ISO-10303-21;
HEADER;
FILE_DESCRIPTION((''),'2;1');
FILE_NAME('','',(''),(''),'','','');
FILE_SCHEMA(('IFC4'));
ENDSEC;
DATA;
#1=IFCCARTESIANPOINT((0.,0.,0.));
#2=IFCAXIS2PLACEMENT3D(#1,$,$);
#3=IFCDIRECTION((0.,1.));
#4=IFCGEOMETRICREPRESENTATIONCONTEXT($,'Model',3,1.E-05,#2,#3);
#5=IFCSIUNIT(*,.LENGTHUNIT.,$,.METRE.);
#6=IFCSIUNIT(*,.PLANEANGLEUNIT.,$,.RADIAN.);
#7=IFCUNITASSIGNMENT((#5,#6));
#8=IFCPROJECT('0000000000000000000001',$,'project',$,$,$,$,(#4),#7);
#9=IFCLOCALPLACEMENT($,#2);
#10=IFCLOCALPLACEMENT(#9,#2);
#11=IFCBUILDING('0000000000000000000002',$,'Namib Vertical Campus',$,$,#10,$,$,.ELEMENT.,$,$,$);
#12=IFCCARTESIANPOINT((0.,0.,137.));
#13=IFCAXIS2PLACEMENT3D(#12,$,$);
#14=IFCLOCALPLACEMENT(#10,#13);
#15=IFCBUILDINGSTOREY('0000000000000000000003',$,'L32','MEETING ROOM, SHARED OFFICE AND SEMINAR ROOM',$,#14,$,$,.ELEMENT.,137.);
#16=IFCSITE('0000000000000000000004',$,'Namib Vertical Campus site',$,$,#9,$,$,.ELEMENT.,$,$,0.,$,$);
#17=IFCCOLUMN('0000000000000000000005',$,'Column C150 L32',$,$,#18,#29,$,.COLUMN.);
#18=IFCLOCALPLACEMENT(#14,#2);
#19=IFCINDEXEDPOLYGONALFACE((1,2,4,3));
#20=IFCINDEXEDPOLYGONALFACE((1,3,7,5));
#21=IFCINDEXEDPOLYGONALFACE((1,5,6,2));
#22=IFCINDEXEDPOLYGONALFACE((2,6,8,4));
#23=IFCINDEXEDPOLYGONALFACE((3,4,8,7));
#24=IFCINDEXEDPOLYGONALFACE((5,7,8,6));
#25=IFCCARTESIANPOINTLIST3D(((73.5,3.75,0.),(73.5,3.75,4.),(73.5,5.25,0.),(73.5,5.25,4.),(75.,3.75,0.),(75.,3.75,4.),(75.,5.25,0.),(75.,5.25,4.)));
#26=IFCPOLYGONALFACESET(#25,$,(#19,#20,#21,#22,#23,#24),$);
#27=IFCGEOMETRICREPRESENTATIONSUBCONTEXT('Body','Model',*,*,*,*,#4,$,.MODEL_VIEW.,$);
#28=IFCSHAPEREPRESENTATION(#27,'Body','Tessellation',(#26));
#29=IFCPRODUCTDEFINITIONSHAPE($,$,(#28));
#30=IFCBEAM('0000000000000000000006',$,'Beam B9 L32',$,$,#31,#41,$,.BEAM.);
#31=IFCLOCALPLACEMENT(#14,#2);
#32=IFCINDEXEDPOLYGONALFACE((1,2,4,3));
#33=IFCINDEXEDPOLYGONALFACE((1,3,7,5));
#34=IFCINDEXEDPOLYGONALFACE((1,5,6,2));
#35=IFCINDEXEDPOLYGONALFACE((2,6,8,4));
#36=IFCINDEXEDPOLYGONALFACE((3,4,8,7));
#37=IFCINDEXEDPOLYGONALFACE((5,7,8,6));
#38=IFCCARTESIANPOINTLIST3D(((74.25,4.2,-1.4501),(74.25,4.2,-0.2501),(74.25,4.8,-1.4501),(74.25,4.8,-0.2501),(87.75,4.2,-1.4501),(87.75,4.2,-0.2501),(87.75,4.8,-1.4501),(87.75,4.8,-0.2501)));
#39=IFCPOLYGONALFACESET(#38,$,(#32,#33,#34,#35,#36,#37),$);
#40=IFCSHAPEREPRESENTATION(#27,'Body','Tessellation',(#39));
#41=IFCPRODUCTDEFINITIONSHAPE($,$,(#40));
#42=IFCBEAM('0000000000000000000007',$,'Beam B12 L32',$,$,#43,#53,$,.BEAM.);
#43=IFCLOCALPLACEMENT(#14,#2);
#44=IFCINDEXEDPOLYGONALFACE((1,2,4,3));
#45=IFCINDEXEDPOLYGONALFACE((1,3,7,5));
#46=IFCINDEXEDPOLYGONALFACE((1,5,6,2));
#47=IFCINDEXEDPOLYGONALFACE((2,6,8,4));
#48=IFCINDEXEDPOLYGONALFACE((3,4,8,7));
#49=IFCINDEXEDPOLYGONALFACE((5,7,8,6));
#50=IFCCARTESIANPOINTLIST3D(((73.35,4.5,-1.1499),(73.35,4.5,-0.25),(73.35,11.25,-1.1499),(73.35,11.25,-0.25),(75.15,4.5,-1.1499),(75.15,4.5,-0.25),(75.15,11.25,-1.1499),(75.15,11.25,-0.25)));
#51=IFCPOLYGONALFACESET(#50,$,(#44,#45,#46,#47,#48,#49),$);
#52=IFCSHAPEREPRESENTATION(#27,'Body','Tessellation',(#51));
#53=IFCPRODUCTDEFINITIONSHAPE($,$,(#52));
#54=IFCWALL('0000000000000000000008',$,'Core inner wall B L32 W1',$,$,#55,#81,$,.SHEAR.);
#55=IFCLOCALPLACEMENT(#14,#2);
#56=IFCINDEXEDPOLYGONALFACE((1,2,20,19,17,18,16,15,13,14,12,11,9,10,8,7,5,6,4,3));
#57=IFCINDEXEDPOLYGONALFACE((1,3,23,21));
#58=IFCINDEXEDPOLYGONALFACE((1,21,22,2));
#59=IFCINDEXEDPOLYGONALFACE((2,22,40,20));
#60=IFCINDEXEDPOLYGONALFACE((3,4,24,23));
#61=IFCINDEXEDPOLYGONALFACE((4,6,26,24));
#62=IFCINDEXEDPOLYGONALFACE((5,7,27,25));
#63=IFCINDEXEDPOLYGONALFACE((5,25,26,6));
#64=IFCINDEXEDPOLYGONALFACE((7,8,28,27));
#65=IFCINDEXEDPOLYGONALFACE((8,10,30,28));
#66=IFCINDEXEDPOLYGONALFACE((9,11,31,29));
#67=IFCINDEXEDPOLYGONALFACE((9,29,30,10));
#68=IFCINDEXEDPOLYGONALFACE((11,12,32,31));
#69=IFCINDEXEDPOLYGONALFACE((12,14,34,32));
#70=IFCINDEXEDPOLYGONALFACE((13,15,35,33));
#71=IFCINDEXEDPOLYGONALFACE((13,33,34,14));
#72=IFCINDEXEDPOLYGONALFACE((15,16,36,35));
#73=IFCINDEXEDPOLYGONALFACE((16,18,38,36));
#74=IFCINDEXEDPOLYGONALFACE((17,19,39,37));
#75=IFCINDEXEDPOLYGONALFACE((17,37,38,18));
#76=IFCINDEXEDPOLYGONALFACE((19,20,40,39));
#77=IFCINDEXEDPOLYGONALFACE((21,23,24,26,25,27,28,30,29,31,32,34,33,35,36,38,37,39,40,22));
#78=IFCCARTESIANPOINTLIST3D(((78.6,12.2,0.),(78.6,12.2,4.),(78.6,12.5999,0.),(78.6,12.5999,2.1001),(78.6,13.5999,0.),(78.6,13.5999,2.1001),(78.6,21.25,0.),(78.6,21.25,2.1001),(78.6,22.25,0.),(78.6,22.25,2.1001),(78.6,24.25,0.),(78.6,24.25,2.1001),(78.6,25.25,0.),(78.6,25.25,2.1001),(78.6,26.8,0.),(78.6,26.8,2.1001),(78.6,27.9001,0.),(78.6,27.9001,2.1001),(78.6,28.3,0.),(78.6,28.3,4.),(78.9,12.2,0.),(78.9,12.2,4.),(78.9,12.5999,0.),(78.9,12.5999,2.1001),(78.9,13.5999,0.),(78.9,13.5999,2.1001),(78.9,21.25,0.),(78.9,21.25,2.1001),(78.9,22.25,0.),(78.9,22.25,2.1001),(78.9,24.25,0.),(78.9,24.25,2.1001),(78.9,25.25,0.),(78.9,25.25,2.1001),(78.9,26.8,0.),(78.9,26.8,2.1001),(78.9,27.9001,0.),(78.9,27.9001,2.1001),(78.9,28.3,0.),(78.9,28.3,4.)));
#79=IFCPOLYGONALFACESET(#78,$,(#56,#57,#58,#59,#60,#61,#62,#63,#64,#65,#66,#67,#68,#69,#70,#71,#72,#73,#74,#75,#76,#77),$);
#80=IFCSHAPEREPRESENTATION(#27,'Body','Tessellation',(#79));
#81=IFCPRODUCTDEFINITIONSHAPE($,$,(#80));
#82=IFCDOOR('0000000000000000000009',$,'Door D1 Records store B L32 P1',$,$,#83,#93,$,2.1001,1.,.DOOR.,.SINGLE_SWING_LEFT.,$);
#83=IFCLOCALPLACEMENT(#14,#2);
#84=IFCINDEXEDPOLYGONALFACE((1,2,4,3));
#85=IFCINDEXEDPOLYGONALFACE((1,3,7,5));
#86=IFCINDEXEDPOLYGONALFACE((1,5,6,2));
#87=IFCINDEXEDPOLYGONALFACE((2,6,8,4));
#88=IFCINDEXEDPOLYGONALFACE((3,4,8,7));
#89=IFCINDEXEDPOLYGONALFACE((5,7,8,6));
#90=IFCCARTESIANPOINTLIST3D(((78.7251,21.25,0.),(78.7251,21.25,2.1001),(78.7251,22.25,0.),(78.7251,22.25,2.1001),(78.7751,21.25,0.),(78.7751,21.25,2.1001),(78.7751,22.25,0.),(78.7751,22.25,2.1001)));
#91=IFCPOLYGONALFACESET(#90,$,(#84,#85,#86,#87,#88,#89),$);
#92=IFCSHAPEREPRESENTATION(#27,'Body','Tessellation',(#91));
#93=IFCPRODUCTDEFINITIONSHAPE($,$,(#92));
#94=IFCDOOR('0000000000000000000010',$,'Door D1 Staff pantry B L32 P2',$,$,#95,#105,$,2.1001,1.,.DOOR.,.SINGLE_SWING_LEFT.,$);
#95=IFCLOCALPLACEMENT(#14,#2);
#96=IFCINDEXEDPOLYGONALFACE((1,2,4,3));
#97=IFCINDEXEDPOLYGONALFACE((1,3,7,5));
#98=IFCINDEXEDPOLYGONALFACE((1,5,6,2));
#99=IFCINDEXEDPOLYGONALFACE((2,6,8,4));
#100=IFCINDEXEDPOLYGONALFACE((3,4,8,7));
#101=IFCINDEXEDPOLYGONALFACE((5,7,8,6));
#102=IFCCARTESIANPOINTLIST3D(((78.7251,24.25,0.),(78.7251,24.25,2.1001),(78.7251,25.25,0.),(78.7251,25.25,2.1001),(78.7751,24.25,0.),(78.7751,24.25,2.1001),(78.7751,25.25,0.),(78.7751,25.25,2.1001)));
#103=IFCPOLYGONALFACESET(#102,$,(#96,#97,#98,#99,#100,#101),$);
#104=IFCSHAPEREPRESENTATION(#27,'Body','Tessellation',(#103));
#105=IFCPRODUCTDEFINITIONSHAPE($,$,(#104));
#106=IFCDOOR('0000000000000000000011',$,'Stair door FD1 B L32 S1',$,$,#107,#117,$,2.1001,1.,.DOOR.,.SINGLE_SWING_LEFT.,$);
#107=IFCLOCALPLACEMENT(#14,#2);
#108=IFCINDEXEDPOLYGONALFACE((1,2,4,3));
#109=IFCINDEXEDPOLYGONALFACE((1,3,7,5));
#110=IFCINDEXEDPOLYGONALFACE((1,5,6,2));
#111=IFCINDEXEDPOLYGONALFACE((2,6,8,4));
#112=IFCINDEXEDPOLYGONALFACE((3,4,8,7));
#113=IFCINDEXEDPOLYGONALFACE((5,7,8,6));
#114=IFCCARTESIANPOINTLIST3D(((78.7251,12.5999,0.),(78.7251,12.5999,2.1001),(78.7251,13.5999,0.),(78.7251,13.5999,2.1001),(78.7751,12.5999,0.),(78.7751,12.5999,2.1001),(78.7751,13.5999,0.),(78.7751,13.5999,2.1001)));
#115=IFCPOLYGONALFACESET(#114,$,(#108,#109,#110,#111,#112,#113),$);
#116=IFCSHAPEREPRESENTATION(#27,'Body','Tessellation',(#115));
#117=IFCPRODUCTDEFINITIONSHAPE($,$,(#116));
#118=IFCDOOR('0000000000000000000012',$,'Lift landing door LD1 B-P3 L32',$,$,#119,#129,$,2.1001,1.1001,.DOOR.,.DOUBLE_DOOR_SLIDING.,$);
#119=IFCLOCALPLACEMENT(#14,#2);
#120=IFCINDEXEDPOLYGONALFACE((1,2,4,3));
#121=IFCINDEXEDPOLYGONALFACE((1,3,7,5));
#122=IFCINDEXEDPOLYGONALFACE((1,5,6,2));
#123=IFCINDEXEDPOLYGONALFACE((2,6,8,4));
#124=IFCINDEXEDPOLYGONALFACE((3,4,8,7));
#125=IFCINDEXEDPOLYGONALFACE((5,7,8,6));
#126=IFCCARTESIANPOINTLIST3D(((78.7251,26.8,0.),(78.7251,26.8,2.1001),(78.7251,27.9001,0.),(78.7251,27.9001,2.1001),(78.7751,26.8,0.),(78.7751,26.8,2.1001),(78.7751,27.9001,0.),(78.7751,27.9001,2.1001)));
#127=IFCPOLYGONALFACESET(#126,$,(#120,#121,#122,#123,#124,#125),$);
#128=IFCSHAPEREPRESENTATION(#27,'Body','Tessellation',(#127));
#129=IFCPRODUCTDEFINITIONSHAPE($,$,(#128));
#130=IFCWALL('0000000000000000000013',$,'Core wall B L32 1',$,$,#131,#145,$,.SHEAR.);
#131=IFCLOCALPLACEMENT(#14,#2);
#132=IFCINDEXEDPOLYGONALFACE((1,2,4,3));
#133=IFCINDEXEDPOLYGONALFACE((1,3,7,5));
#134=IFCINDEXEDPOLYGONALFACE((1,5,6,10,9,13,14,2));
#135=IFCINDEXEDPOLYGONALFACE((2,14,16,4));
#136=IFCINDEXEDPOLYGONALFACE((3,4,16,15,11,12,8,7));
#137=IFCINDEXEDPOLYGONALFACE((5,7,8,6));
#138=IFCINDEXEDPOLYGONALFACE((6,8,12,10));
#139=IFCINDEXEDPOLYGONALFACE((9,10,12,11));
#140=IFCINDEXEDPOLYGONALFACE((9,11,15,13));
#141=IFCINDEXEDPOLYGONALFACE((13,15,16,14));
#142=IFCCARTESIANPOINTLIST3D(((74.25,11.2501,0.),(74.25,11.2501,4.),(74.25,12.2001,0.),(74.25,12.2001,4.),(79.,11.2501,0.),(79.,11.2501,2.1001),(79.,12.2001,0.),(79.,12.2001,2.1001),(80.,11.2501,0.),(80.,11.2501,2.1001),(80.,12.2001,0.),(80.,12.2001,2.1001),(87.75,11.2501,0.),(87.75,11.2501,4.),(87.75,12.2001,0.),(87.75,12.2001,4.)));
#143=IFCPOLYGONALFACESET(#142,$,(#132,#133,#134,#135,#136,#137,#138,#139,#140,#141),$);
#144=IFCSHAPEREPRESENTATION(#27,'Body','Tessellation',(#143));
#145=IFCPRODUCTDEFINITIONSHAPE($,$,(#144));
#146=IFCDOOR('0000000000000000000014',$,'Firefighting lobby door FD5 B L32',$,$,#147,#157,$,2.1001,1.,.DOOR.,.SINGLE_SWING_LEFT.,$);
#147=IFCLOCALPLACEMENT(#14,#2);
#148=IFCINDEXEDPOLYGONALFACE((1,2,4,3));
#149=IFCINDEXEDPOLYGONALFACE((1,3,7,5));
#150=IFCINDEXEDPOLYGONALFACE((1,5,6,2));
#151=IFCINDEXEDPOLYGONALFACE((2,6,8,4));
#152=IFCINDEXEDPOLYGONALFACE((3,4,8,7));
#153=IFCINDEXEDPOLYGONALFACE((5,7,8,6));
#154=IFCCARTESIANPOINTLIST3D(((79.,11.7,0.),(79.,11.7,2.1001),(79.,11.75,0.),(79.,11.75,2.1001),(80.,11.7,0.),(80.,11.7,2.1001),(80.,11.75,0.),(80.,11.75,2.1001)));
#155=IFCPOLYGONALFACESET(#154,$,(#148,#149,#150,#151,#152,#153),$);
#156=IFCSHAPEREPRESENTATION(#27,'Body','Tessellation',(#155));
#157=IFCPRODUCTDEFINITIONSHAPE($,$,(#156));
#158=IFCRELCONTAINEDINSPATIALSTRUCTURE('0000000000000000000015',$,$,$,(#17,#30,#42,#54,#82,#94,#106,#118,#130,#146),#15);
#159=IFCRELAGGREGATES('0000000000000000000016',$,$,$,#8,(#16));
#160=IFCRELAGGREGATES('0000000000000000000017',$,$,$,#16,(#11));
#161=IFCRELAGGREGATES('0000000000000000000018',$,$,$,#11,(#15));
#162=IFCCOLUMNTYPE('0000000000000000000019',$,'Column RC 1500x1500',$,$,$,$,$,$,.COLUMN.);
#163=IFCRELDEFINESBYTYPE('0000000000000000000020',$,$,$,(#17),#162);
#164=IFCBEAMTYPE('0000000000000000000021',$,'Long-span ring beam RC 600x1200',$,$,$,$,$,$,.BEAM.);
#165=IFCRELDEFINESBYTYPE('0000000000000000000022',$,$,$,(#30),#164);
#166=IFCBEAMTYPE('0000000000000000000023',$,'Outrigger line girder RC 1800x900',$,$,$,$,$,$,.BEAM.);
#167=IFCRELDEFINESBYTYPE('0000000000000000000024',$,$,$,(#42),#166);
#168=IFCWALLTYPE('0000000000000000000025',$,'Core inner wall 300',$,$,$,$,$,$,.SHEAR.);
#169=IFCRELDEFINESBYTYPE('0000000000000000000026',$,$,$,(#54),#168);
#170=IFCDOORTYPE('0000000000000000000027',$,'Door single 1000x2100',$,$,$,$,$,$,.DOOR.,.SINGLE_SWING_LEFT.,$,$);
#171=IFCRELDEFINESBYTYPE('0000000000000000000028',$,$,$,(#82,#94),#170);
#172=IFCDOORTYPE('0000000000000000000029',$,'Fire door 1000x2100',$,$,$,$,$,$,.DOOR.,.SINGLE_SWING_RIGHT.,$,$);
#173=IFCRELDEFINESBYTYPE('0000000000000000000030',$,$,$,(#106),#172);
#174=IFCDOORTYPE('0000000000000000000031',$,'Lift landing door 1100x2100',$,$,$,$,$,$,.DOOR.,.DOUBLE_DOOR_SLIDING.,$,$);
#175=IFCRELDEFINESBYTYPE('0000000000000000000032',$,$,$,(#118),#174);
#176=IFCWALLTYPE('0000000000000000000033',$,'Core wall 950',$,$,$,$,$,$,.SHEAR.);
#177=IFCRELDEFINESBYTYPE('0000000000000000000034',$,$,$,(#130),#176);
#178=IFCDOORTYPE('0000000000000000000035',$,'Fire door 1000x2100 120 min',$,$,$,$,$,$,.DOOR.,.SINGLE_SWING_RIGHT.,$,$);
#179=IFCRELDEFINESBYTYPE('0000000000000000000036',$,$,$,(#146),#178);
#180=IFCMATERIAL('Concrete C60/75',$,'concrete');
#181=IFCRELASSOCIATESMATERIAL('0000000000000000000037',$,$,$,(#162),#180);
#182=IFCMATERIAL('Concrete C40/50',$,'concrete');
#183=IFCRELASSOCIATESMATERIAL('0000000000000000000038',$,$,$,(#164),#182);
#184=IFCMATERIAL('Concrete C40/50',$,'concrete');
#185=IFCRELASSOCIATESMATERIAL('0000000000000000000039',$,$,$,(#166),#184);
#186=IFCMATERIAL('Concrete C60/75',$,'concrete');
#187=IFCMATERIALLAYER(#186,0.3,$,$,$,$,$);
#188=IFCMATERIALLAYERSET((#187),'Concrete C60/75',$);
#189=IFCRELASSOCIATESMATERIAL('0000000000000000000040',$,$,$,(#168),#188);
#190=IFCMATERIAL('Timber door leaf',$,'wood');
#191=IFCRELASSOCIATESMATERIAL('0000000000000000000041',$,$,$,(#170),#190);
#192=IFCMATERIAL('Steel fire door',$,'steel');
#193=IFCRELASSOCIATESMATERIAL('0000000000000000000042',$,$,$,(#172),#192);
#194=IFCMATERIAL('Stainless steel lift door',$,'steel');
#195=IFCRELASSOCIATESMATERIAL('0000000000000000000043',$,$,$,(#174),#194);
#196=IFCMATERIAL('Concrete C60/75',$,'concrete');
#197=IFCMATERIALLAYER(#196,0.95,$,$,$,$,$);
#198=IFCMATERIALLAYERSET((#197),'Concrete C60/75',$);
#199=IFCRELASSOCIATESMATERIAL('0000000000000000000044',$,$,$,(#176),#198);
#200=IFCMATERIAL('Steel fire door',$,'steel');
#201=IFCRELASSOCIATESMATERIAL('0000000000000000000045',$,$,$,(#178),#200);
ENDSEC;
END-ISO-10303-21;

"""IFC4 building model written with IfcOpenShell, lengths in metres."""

from ifc_helpers import new_model, si_unit, direction, frame, frame_2d, origin, origin_2d, place, context, subcontext, project, spatial, rectangle, extrude, material, layer, layer_set, material_profile, profile_set, type_object, element, fill, save


model = new_model("IFC4")

# Units and contexts
model_context = context("Model", 3, precision=1e-05, world=origin(), true_north=direction((0.0, 1.0)))
body_context = subcontext(model_context, "Body", "Model", "MODEL_VIEW")
ifc_project = project(units=[si_unit("LENGTHUNIT", "METRE"), si_unit("PLANEANGLEUNIT", "RADIAN")], contexts=[model_context])

# Site, building, storey
site_placement = place(None, origin())
site = spatial("IfcSite", under=ifc_project, at=site_placement, Name="Namib Vertical Campus site", CompositionType="ELEMENT", RefElevation=0.0)
building_placement = place(site_placement, origin())
building = spatial("IfcBuilding", under=site, at=building_placement, Name="Namib Vertical Campus", CompositionType="ELEMENT")
storey_placement = place(building_placement, frame((0.0, 0.0, 137.0)))
storey = spatial("IfcBuildingStorey", under=building, at=storey_placement, Name="L32", Description="MEETING ROOM, SHARED OFFICE AND SEMINAR ROOM", CompositionType="ELEMENT", Elevation=137.0)

# Column
ifc_material_1 = material(Name="Concrete C60/75", Category="concrete")
ifc_material_profile_1 = material_profile(ifc_material_1, rectangle(XDim=1.5, YDim=1.5, at=origin_2d()))
ifc_profile_set_1 = profile_set([ifc_material_profile_1], Name="Concrete C60/75")
column_type = type_object("IfcColumnType", Name="Column RC 1500x1500", PredefinedType="COLUMN", material=ifc_profile_set_1)
column_placement = place(storey_placement, frame((74.25, 4.5, 0.0), z_axis=(0.0, 0.0, 1.0), x_axis=(1.0, 0.0, 0.0)))
element("IfcColumn", 1, at=column_placement, inside=storey, type_object=column_type, Name="Column C150 L32", PredefinedType="COLUMN", context=body_context, shape_type="SweptSolid", body=[
    extrude(rectangle(XDim=1.5, YDim=1.5, at=origin_2d()), origin(), (0.0, 0.0, 1.0), 4.0),
])

# Beams
ifc_material_2 = material(Name="Concrete C40/50", Category="concrete")
ifc_material_profile_2 = material_profile(ifc_material_2, rectangle(XDim=0.6001, YDim=1.2, at=origin_2d()))
ifc_profile_set_2 = profile_set([ifc_material_profile_2], Name="Concrete C40/50")
beam_type_1 = type_object("IfcBeamType", Name="Long-span ring beam RC 600x1200", PredefinedType="BEAM", material=ifc_profile_set_2)
beam_1_placement = place(storey_placement, frame((74.25, 4.5, -0.8501), z_axis=(1.0, 0.0, 0.0), x_axis=(0.0, 1.0, 0.0)))
element("IfcBeam", 2, at=beam_1_placement, inside=storey, type_object=beam_type_1, Name="Beam B9 L32", PredefinedType="BEAM", context=body_context, shape_type="SweptSolid", body=[
    extrude(rectangle(XDim=0.6001, YDim=1.2, at=origin_2d()), origin(), (0.0, 0.0, 1.0), 13.5),
])
ifc_material_3 = material(Name="Concrete C40/50", Category="concrete")
ifc_material_profile_3 = material_profile(ifc_material_3, rectangle(XDim=1.8, YDim=0.8999, at=origin_2d()))
ifc_profile_set_3 = profile_set([ifc_material_profile_3], Name="Concrete C40/50")
beam_type_2 = type_object("IfcBeamType", Name="Outrigger line girder RC 1800x900", PredefinedType="BEAM", material=ifc_profile_set_3)
beam_2_placement = place(storey_placement, frame((74.25, 4.5, -0.7), z_axis=(0.0, 1.0, 0.0), x_axis=(-1.0, 0.0, 0.0)))
element("IfcBeam", 3, at=beam_2_placement, inside=storey, type_object=beam_type_2, Name="Beam B12 L32", PredefinedType="BEAM", context=body_context, shape_type="SweptSolid", body=[
    extrude(rectangle(XDim=1.8, YDim=0.8999, at=origin_2d()), origin(), (0.0, 0.0, 1.0), 6.75),
])

# Wall, openings, doors
ifc_material_4 = material(Name="Concrete C60/75", Category="concrete")
ifc_layer_1 = layer(ifc_material_4, 0.3)
ifc_layer_set_1 = layer_set([ifc_layer_1], Name="Concrete C60/75")
wall_type_1 = type_object("IfcWallType", Name="Core inner wall 300", PredefinedType="SHEAR", material=ifc_layer_set_1)
wall_1_placement = place(storey_placement, frame((78.75, 12.2, 0.0), z_axis=(0.0, 0.0, 1.0), x_axis=(0.0, 1.0, 0.0)))
wall_1 = element("IfcWall", 4, at=wall_1_placement, inside=storey, type_object=wall_type_1, Name="Core inner wall B L32 W1", PredefinedType="SHEAR", context=body_context, shape_type="SweptSolid", body=[
    extrude(rectangle(XDim=16.1001, YDim=0.3, at=frame_2d((8.05, 0.0))), origin(), (0.0, 0.0, 1.0), 4.0),
])
opening_1_placement = place(wall_1_placement, frame((0.3999, 0.0, 0.0)))
opening_1 = element("IfcOpeningElement", 5, at=opening_1_placement, cuts=wall_1, PredefinedType="OPENING", context=body_context, shape_type="SweptSolid", body=[
    extrude(rectangle(XDim=1.0, YDim=2.1001, at=frame_2d((0.5, 1.05))), frame((0.0, 0.1599, 0.0), z_axis=(0.0, -1.0, 0.0), x_axis=(1.0, 0.0, 0.0)), (0.0, 0.0, 1.0), 0.3201),
])
opening_2_placement = place(wall_1_placement, frame((14.6001, 0.0, 0.0)))
opening_2 = element("IfcOpeningElement", 6, at=opening_2_placement, cuts=wall_1, PredefinedType="OPENING", context=body_context, shape_type="SweptSolid", body=[
    extrude(rectangle(XDim=1.1001, YDim=2.1001, at=frame_2d((0.55, 1.05))), frame((0.0, 0.1599, 0.0), z_axis=(0.0, -1.0, 0.0), x_axis=(1.0, 0.0, 0.0)), (0.0, 0.0, 1.0), 0.3201),
])
opening_3_placement = place(wall_1_placement, frame((9.05, 0.0, 0.0)))
opening_3 = element("IfcOpeningElement", 7, at=opening_3_placement, cuts=wall_1, PredefinedType="OPENING", context=body_context, shape_type="SweptSolid", body=[
    extrude(rectangle(XDim=1.0, YDim=2.1001, at=frame_2d((0.5, 1.05))), frame((0.0, 0.1599, 0.0), z_axis=(0.0, -1.0, 0.0), x_axis=(1.0, 0.0, 0.0)), (0.0, 0.0, 1.0), 0.3201),
])
opening_4_placement = place(wall_1_placement, frame((12.05, 0.0, 0.0)))
opening_4 = element("IfcOpeningElement", 8, at=opening_4_placement, cuts=wall_1, PredefinedType="OPENING", context=body_context, shape_type="SweptSolid", body=[
    extrude(rectangle(XDim=1.0, YDim=2.1001, at=frame_2d((0.5, 1.05))), frame((0.0, 0.1599, 0.0), z_axis=(0.0, -1.0, 0.0), x_axis=(1.0, 0.0, 0.0)), (0.0, 0.0, 1.0), 0.3201),
])
ifc_material_5 = material(Name="Timber door leaf", Category="wood")
door_type_1 = type_object("IfcDoorType", Name="Door single 1000x2100", OperationType="SINGLE_SWING_LEFT", PredefinedType="DOOR", material=ifc_material_5)
door_1_placement = place(opening_3_placement, origin())
door_1 = element("IfcDoor", 9, at=door_1_placement, inside=storey, type_object=door_type_1, Name="Door D1 Records store B L32 P1", OperationType="SINGLE_SWING_LEFT", OverallHeight=2.1001, OverallWidth=1.0, PredefinedType="DOOR", context=body_context, shape_type="SweptSolid", body=[
    extrude(rectangle(XDim=1.0, YDim=2.1001, at=frame_2d((0.5, 1.05))), frame((0.0, 0.0249, 0.0), z_axis=(0.0, -1.0, 0.0), x_axis=(1.0, 0.0, 0.0)), (0.0, 0.0, 1.0), 0.05),
])
fill(opening_3, door_1)
door_2_placement = place(opening_4_placement, origin())
door_2 = element("IfcDoor", 10, at=door_2_placement, inside=storey, type_object=door_type_1, Name="Door D1 Staff pantry B L32 P2", OperationType="SINGLE_SWING_LEFT", OverallHeight=2.1001, OverallWidth=1.0, PredefinedType="DOOR", context=body_context, shape_type="SweptSolid", body=[
    extrude(rectangle(XDim=1.0, YDim=2.1001, at=frame_2d((0.5, 1.05))), frame((0.0, 0.0249, 0.0), z_axis=(0.0, -1.0, 0.0), x_axis=(1.0, 0.0, 0.0)), (0.0, 0.0, 1.0), 0.05),
])
fill(opening_4, door_2)
ifc_material_6 = material(Name="Steel fire door", Category="steel")
door_type_2 = type_object("IfcDoorType", Name="Fire door 1000x2100", OperationType="SINGLE_SWING_RIGHT", PredefinedType="DOOR", material=ifc_material_6)
door_3_placement = place(opening_1_placement, origin())
door_3 = element("IfcDoor", 11, at=door_3_placement, inside=storey, type_object=door_type_2, Name="Stair door FD1 B L32 S1", OperationType="SINGLE_SWING_LEFT", OverallHeight=2.1001, OverallWidth=1.0, PredefinedType="DOOR", context=body_context, shape_type="SweptSolid", body=[
    extrude(rectangle(XDim=1.0, YDim=2.1001, at=frame_2d((0.5, 1.05))), frame((0.0, 0.0249, 0.0), z_axis=(0.0, -1.0, 0.0), x_axis=(1.0, 0.0, 0.0)), (0.0, 0.0, 1.0), 0.05),
])
fill(opening_1, door_3)
ifc_material_7 = material(Name="Stainless steel lift door", Category="steel")
door_type_3 = type_object("IfcDoorType", Name="Lift landing door 1100x2100", OperationType="DOUBLE_DOOR_SLIDING", PredefinedType="DOOR", material=ifc_material_7)
door_4_placement = place(opening_2_placement, origin())
door_4 = element("IfcDoor", 12, at=door_4_placement, inside=storey, type_object=door_type_3, Name="Lift landing door LD1 B-P3 L32", OperationType="DOUBLE_DOOR_SLIDING", OverallHeight=2.1001, OverallWidth=1.1001, PredefinedType="DOOR", context=body_context, shape_type="SweptSolid", body=[
    extrude(rectangle(XDim=1.1001, YDim=2.1001, at=frame_2d((0.55, 1.05))), frame((0.0, 0.0249, 0.0), z_axis=(0.0, -1.0, 0.0), x_axis=(1.0, 0.0, 0.0)), (0.0, 0.0, 1.0), 0.05),
])
fill(opening_2, door_4)

# Wall, opening, door
ifc_material_8 = material(Name="Concrete C60/75", Category="concrete")
ifc_layer_2 = layer(ifc_material_8, 0.95)
ifc_layer_set_2 = layer_set([ifc_layer_2], Name="Concrete C60/75")
wall_type_2 = type_object("IfcWallType", Name="Core wall 950", PredefinedType="SHEAR", material=ifc_layer_set_2)
wall_2_placement = place(storey_placement, frame((74.25, 11.7251, 0.0), z_axis=(0.0, 0.0, 1.0), x_axis=(1.0, 0.0, 0.0)))
wall_2 = element("IfcWall", 13, at=wall_2_placement, inside=storey, type_object=wall_type_2, Name="Core wall B L32 1", PredefinedType="SHEAR", context=body_context, shape_type="SweptSolid", body=[
    extrude(rectangle(XDim=13.5, YDim=0.95, at=frame_2d((6.75, 0.0))), origin(), (0.0, 0.0, 1.0), 4.0),
])
opening_5_placement = place(wall_2_placement, frame((4.75, 0.0, 0.0)))
opening_5 = element("IfcOpeningElement", 14, at=opening_5_placement, cuts=wall_2, PredefinedType="OPENING", context=body_context, shape_type="SweptSolid", body=[
    extrude(rectangle(XDim=1.0, YDim=2.1001, at=frame_2d((0.5, 1.05))), frame((0.0, 0.4849, 0.0), z_axis=(0.0, -1.0, 0.0), x_axis=(1.0, 0.0, 0.0)), (0.0, 0.0, 1.0), 0.97),
])
ifc_material_9 = material(Name="Steel fire door", Category="steel")
door_type_4 = type_object("IfcDoorType", Name="Fire door 1000x2100 120 min", OperationType="SINGLE_SWING_RIGHT", PredefinedType="DOOR", material=ifc_material_9)
door_5_placement = place(opening_5_placement, origin())
door_5 = element("IfcDoor", 15, at=door_5_placement, inside=storey, type_object=door_type_4, Name="Firefighting lobby door FD5 B L32", OperationType="SINGLE_SWING_LEFT", OverallHeight=2.1001, OverallWidth=1.0, PredefinedType="DOOR", context=body_context, shape_type="SweptSolid", body=[
    extrude(rectangle(XDim=1.0, YDim=2.1001, at=frame_2d((0.5, 1.05))), frame((0.0, 0.0249, 0.0), z_axis=(0.0, -1.0, 0.0), x_axis=(1.0, 0.0, 0.0)), (0.0, 0.0, 1.0), 0.05),
])
fill(opening_5, door_5)

save(model, "model.ifc")
